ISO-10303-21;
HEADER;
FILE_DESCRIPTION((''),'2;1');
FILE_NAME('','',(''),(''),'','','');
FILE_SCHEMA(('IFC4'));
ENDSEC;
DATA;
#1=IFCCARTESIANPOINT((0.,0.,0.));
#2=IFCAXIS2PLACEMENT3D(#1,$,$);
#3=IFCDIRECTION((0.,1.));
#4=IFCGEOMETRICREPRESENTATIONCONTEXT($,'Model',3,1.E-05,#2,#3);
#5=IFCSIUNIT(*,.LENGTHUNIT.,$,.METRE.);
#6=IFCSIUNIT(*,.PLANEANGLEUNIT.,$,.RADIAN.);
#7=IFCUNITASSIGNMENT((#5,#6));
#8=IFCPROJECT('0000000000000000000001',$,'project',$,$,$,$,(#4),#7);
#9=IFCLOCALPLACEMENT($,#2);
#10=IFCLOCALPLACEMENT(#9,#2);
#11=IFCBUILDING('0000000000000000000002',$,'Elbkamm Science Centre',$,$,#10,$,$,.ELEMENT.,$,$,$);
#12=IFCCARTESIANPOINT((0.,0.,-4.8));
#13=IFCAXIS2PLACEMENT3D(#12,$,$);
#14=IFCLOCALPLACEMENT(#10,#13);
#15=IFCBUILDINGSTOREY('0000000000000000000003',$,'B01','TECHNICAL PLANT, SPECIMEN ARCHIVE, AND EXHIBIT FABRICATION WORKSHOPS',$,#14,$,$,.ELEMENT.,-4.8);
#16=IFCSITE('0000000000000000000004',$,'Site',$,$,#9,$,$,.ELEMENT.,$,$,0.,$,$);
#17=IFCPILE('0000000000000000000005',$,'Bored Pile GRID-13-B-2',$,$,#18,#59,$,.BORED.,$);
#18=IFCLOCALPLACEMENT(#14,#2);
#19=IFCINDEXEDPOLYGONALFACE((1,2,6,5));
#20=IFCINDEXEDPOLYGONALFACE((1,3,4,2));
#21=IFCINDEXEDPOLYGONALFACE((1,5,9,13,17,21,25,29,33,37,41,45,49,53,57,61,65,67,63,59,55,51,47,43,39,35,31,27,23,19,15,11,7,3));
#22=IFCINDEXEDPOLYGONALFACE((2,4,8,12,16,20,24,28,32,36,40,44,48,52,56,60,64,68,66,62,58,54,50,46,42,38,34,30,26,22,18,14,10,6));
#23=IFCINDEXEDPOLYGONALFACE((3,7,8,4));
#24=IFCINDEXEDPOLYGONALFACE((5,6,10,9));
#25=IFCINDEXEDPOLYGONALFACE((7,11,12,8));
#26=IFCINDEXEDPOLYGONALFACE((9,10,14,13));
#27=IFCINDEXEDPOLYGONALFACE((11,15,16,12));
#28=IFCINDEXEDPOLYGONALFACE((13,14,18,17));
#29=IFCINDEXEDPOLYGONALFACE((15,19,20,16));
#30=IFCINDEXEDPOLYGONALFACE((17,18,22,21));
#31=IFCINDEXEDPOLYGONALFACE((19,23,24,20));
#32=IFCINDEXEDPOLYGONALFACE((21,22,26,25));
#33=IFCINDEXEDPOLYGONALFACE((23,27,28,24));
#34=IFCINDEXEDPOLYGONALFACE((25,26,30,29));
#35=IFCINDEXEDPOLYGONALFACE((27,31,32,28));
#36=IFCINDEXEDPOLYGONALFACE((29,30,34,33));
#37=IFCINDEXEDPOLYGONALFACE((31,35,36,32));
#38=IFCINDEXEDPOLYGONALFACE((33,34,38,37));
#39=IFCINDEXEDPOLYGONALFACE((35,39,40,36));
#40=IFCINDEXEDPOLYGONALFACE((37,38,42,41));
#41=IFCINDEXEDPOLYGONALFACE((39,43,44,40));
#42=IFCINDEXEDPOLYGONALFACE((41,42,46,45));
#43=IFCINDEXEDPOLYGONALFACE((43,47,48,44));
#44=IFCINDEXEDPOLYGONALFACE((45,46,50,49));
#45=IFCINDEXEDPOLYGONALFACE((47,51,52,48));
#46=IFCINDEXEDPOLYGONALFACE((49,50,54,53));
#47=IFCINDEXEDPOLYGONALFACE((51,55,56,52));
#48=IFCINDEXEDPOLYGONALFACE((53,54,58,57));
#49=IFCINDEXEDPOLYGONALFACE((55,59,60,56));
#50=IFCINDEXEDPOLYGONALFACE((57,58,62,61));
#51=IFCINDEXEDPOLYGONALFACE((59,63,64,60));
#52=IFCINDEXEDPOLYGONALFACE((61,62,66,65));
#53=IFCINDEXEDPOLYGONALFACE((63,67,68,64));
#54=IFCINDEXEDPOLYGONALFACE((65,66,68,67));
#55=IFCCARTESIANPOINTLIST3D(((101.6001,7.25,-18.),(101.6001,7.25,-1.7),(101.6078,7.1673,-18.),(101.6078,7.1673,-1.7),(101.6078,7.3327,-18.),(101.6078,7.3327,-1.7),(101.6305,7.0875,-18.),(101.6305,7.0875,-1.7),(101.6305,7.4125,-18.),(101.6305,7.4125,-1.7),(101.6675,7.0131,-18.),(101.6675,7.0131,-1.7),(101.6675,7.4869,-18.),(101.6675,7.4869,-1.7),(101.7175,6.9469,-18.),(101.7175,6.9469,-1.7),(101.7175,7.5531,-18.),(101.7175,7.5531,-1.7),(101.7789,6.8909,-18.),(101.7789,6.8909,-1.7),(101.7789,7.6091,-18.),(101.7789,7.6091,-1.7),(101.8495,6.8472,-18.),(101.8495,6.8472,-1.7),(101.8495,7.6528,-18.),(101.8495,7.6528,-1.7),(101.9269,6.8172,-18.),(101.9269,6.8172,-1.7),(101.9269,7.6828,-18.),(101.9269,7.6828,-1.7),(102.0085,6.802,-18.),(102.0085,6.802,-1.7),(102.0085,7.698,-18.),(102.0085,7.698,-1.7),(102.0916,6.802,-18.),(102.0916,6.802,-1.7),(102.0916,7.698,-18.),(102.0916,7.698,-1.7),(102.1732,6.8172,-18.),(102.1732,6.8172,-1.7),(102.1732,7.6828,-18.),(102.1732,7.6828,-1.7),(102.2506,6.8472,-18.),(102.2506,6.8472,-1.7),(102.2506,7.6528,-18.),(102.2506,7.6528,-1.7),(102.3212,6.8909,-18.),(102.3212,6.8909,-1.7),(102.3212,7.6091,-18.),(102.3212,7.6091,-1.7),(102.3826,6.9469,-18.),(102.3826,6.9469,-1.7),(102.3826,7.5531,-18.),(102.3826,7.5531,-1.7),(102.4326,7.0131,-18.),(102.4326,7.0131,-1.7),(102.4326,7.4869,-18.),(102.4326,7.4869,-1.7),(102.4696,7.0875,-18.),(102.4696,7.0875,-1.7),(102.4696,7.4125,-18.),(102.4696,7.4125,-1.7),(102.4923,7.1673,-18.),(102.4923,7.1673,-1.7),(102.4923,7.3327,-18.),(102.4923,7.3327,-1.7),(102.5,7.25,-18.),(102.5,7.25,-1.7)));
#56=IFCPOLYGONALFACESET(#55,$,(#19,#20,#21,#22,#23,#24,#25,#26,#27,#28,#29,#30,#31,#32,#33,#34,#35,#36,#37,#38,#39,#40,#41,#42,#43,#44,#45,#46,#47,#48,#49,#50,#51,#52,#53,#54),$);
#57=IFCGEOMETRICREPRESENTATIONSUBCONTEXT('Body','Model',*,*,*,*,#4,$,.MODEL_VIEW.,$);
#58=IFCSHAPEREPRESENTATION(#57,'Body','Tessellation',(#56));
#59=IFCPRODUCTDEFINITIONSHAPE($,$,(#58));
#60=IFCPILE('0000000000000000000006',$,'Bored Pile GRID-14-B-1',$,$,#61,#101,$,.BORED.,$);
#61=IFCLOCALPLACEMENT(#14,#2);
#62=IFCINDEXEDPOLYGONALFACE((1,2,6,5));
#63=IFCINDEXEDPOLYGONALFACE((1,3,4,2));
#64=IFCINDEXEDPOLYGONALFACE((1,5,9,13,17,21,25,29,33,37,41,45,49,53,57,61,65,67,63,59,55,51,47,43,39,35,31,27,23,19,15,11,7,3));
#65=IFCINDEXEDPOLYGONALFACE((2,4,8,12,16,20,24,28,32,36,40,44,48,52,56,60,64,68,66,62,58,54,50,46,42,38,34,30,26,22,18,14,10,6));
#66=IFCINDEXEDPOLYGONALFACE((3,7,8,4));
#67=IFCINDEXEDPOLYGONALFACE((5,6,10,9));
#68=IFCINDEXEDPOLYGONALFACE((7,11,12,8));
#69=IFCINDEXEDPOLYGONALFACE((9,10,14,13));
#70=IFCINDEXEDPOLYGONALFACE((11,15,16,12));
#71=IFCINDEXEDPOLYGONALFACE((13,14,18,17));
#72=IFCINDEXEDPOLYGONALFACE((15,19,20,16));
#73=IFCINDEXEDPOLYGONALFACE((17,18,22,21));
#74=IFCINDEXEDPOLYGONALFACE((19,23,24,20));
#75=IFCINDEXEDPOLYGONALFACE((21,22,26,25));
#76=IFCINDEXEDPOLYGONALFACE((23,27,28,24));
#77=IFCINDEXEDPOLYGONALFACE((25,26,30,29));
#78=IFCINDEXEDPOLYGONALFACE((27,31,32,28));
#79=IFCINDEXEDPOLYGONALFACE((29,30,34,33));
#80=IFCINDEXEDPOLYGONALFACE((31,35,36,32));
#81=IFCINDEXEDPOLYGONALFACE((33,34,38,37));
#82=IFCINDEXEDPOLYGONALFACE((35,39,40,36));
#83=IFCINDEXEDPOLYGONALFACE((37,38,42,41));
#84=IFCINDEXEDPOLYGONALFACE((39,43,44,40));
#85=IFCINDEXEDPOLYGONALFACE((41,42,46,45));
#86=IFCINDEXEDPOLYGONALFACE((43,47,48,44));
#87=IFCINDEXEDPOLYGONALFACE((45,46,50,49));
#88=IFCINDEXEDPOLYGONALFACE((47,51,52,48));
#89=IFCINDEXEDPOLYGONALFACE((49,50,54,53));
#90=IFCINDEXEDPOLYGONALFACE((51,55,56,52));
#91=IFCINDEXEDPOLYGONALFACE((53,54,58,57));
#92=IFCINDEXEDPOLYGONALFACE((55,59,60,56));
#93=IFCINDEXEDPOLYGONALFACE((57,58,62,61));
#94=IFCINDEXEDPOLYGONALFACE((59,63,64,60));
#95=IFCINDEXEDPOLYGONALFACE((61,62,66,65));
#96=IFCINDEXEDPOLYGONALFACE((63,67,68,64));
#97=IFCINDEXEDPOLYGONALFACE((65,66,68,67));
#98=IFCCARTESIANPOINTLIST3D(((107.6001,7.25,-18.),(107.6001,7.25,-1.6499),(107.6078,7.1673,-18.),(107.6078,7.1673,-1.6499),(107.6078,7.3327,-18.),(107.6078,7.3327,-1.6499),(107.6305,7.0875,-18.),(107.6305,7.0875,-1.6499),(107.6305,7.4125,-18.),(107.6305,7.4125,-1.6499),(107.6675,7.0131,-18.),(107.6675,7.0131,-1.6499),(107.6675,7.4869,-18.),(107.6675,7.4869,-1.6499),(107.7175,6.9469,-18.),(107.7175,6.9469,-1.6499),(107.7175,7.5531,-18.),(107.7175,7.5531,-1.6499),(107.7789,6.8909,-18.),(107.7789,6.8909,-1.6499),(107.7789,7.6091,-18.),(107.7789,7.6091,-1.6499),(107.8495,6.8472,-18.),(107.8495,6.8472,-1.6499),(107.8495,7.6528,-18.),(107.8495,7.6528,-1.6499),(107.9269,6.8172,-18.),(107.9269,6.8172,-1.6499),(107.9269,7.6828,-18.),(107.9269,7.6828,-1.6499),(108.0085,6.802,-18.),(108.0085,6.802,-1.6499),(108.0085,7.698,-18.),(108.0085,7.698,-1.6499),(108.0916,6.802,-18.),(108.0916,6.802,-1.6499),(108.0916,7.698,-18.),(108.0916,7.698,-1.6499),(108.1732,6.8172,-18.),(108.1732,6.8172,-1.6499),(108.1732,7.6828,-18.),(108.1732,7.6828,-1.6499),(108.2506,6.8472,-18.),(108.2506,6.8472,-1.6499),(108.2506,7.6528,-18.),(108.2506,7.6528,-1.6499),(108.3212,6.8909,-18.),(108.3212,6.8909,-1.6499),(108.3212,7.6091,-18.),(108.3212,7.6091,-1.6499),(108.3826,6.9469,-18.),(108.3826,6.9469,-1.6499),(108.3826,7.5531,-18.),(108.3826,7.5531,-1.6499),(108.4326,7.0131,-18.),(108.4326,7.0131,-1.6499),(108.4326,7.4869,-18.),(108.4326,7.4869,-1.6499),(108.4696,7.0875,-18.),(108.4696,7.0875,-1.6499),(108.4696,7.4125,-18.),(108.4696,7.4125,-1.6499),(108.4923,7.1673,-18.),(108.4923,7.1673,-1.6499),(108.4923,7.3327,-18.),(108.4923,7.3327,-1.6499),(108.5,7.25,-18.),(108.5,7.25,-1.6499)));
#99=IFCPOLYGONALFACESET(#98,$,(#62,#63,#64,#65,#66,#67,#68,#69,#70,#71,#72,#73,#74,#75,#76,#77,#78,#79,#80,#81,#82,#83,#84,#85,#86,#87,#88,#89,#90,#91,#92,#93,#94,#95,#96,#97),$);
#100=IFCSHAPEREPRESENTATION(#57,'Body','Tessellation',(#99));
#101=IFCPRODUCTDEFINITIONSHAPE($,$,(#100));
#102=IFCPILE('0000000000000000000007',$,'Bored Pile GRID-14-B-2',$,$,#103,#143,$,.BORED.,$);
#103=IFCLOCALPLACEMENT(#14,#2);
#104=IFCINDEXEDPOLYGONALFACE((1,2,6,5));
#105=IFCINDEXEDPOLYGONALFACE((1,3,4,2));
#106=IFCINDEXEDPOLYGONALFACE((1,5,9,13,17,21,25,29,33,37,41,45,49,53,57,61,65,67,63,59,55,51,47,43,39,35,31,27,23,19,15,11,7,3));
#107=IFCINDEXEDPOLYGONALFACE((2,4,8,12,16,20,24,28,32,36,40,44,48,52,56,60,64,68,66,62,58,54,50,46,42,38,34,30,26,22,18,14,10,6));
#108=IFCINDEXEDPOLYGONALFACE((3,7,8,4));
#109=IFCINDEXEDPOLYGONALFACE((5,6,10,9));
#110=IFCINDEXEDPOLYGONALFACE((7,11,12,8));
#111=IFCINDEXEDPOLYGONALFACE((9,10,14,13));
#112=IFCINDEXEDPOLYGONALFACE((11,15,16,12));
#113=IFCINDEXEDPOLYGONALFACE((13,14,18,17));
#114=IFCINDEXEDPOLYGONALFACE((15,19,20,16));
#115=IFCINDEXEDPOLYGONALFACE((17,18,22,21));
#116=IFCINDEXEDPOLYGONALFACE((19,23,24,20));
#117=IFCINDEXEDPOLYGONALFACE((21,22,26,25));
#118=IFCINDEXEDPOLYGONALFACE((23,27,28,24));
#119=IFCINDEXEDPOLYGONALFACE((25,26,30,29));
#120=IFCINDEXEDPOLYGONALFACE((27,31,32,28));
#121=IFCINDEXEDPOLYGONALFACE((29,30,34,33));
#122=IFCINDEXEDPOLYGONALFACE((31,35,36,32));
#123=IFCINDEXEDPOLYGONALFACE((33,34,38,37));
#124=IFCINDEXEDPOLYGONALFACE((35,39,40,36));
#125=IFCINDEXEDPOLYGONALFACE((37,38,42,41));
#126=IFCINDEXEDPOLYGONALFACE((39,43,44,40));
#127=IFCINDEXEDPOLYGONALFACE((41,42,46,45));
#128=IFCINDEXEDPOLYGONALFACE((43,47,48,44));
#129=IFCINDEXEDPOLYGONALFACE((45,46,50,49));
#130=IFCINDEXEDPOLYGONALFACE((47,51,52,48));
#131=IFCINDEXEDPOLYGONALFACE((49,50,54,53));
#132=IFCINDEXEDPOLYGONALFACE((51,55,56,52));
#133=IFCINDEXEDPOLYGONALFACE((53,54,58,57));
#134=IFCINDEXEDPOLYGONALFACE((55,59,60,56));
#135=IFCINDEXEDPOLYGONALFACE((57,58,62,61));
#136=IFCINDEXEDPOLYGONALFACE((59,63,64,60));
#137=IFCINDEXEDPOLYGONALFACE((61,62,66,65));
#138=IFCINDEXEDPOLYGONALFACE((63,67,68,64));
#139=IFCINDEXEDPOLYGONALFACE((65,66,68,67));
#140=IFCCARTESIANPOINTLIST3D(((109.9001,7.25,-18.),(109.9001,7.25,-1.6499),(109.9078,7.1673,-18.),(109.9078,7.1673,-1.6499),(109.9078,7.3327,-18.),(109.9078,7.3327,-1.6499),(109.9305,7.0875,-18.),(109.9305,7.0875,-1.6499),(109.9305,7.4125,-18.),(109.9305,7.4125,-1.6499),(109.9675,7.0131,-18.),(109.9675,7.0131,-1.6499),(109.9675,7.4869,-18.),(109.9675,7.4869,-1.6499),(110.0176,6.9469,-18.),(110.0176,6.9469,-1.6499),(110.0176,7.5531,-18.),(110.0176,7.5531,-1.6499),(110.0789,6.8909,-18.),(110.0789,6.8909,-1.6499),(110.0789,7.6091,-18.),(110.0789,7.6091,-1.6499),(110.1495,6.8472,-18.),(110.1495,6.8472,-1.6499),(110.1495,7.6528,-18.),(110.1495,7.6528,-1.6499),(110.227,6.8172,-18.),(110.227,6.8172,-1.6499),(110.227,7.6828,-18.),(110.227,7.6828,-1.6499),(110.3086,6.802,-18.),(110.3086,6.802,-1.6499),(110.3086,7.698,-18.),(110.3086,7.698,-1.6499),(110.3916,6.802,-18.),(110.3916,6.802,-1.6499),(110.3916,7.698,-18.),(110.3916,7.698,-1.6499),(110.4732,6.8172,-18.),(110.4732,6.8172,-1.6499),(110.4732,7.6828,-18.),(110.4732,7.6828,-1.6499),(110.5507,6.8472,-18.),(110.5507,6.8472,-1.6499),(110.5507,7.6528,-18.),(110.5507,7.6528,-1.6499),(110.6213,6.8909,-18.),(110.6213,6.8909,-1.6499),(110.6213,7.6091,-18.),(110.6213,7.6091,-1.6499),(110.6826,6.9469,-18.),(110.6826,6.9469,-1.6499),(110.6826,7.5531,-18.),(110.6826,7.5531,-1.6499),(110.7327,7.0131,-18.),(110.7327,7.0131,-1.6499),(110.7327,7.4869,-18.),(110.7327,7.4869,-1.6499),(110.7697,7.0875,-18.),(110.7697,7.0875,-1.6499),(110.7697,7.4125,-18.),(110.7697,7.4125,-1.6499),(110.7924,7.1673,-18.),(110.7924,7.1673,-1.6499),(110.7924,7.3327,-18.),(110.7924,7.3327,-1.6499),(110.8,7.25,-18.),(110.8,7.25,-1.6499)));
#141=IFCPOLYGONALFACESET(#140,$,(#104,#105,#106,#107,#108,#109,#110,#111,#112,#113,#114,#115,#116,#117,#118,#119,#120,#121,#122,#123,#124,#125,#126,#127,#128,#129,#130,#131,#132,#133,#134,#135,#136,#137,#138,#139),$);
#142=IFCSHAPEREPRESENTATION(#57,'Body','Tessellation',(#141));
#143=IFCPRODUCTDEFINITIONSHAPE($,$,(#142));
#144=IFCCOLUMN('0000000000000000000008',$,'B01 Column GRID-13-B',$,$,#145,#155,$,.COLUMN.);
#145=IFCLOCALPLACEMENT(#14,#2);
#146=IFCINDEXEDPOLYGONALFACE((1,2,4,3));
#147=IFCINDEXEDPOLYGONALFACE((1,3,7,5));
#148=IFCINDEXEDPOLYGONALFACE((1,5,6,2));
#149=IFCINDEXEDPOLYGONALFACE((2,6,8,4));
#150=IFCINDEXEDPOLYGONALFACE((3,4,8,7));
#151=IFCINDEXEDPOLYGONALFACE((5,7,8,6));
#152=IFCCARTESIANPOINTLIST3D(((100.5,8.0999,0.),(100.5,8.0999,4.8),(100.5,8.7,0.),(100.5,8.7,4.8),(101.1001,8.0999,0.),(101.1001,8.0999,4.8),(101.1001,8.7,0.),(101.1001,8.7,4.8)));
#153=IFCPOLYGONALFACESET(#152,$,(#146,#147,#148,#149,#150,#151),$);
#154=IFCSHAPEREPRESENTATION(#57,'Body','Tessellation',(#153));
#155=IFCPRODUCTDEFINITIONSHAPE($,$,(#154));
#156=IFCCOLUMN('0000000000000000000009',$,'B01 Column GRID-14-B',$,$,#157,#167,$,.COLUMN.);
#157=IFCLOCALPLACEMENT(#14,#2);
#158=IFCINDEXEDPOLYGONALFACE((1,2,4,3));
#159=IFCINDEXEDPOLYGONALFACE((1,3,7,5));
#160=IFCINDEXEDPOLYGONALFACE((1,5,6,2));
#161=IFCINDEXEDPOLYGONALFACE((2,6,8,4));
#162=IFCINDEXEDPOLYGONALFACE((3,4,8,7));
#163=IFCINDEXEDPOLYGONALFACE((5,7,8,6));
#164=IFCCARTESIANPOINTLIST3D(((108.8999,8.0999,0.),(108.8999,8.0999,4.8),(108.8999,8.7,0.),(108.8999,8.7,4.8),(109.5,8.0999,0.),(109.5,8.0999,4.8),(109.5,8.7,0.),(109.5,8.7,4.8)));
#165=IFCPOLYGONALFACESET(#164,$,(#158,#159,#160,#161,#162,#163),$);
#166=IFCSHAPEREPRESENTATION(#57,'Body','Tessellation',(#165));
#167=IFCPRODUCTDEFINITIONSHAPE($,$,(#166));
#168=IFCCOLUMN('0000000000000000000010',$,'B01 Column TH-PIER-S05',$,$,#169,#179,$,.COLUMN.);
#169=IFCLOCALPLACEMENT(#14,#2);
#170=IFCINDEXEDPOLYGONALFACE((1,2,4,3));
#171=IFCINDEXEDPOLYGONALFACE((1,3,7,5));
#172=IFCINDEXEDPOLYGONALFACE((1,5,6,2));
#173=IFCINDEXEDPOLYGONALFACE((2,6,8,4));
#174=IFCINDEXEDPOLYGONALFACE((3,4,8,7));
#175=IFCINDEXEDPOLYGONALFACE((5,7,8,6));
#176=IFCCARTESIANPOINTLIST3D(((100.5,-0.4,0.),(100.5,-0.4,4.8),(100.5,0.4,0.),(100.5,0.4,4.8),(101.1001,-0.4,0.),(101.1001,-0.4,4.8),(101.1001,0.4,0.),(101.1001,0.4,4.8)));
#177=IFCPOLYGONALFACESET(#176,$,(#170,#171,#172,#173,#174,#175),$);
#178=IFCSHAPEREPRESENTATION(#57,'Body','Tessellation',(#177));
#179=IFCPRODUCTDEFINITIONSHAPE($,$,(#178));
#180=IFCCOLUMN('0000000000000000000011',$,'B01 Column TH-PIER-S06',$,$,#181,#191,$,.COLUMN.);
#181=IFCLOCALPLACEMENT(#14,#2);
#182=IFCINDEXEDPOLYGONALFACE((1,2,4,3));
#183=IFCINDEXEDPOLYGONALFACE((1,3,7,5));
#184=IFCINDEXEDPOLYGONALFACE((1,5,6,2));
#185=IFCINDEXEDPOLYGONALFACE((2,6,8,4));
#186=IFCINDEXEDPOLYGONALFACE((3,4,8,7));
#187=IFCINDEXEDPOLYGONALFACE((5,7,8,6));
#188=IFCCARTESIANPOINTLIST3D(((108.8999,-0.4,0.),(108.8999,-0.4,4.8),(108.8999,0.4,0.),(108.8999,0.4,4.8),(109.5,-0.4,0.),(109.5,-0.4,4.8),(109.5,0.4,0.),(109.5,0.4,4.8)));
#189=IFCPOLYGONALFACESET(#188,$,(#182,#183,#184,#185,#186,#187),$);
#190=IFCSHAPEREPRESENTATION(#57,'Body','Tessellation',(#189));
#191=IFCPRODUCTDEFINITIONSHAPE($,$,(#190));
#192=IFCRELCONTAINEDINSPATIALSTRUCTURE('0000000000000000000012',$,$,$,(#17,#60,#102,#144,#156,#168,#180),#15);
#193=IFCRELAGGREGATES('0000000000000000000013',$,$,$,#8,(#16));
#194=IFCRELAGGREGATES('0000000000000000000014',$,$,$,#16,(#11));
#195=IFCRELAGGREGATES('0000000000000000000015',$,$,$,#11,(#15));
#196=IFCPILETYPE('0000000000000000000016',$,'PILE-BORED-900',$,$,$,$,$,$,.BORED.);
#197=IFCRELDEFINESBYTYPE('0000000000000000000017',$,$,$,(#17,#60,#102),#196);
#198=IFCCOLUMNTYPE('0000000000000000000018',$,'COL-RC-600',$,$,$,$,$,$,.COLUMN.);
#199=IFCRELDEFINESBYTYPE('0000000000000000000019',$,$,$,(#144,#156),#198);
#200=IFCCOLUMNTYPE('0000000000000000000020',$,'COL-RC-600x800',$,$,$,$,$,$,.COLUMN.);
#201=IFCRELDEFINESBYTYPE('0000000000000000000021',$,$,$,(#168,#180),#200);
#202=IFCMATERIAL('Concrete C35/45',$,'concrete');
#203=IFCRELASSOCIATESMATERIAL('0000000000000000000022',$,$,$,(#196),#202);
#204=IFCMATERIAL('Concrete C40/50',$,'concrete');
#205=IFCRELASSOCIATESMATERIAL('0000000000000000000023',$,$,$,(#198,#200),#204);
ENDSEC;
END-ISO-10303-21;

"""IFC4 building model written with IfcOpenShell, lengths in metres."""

from ifc_helpers import new_model, si_unit, direction, frame, origin, origin_2d, place, context, subcontext, project, spatial, rectangle, circle, extrude, material, material_profile, profile_set, type_object, element, save


model = new_model("IFC4")

# Units and contexts
model_context = context("Model", 3, precision=1e-05, world=origin(), true_north=direction((0.0, 1.0)))
body_context = subcontext(model_context, "Body", "Model", "MODEL_VIEW")
ifc_project = project(units=[si_unit("LENGTHUNIT", "METRE"), si_unit("PLANEANGLEUNIT", "RADIAN")], contexts=[model_context])

# Site, building, storey
site_placement = place(None, origin())
site = spatial("IfcSite", under=ifc_project, at=site_placement, Name="Site", CompositionType="ELEMENT", RefElevation=0.0)
building_placement = place(site_placement, origin())
building = spatial("IfcBuilding", under=site, at=building_placement, Name="Elbkamm Science Centre", CompositionType="ELEMENT")
storey_placement = place(building_placement, frame((0.0, 0.0, -4.8)))
storey = spatial("IfcBuildingStorey", under=building, at=storey_placement, Name="B01", Description="TECHNICAL PLANT, SPECIMEN ARCHIVE, AND EXHIBIT FABRICATION WORKSHOPS", CompositionType="ELEMENT", Elevation=-4.8)

# Shared definitions
ifc_material_1 = material(Name="Concrete C35/45", Category="concrete")

# Piles
ifc_material_profile_1 = material_profile(ifc_material_1, circle(Radius=0.45, at=origin_2d()), Name="PILE D900")
ifc_profile_set_1 = profile_set([ifc_material_profile_1], Name="Concrete C35/45")
pile_type = type_object("IfcPileType", Name="PILE-BORED-900", PredefinedType="BORED", material=ifc_profile_set_1)
for number, where, z_axis, x_axis, name in (
    (1, (102.05, 7.25, -1.7), (0.0, 0.0, -1.0), (1.0, 0.0, 0.0), "Bored Pile GRID-13-B-2"),
):
    element("IfcPile", number, at=place(storey_placement, frame(where, z_axis=z_axis, x_axis=x_axis)), inside=storey, type_object=pile_type, Name=name, PredefinedType="BORED", context=body_context, shape_type="SweptSolid", body=[
        extrude(circle(Radius=0.45, at=origin_2d()), origin(), (0.0, 0.0, 1.0), 16.3),
    ])
for number, where, z_axis, x_axis, name in (
    (2, (108.05, 7.25, -1.6499), (0.0, 0.0, -1.0), (1.0, 0.0, 0.0), "Bored Pile GRID-14-B-1"),
    (3, (110.3501, 7.25, -1.6499), (0.0, 0.0, -1.0), (1.0, 0.0, 0.0), "Bored Pile GRID-14-B-2"),
):
    element("IfcPile", number, at=place(storey_placement, frame(where, z_axis=z_axis, x_axis=x_axis)), inside=storey, type_object=pile_type, Name=name, PredefinedType="BORED", context=body_context, shape_type="SweptSolid", body=[
        extrude(circle(Radius=0.45, at=origin_2d()), origin(), (0.0, 0.0, 1.0), 16.3501),
    ])

# Columns
ifc_material_2 = material(Name="Concrete C40/50", Category="concrete")
ifc_material_profile_2 = material_profile(ifc_material_2, rectangle(XDim=0.6001, YDim=0.6001, at=origin_2d()), Name="RC 600x600")
ifc_profile_set_2 = profile_set([ifc_material_profile_2], Name="Concrete C40/50")
column_type_1 = type_object("IfcColumnType", Name="COL-RC-600", PredefinedType="COLUMN", material=ifc_profile_set_2)
for number, where, z_axis, x_axis, name in (
    (4, (100.8, 8.3999, 0.0), (0.0, 0.0, 1.0), (1.0, 0.0, 0.0), "B01 Column GRID-13-B"),
    (5, (109.2, 8.3999, 0.0), (0.0, 0.0, 1.0), (1.0, 0.0, 0.0), "B01 Column GRID-14-B"),
):
    element("IfcColumn", number, at=place(storey_placement, frame(where, z_axis=z_axis, x_axis=x_axis)), inside=storey, type_object=column_type_1, Name=name, PredefinedType="COLUMN", context=body_context, shape_type="SweptSolid", body=[
        extrude(rectangle(XDim=0.6001, YDim=0.6001, at=origin_2d()), origin(), (0.0, 0.0, 1.0), 4.8),
    ])
ifc_material_profile_3 = material_profile(ifc_material_2, rectangle(XDim=0.6001, YDim=0.8, at=origin_2d()), Name="RC 600x800")
ifc_profile_set_3 = profile_set([ifc_material_profile_3], Name="Concrete C40/50")
column_type_2 = type_object("IfcColumnType", Name="COL-RC-600x800", PredefinedType="COLUMN", material=ifc_profile_set_3)
for number, where, z_axis, x_axis, name in (
    (6, (100.8, 0.0, 0.0), (0.0, 0.0, 1.0), (1.0, 0.0, 0.0), "B01 Column TH-PIER-S05"),
    (7, (109.2, 0.0, 0.0), (0.0, 0.0, 1.0), (1.0, 0.0, 0.0), "B01 Column TH-PIER-S06"),
):
    element("IfcColumn", number, at=place(storey_placement, frame(where, z_axis=z_axis, x_axis=x_axis)), inside=storey, type_object=column_type_2, Name=name, PredefinedType="COLUMN", context=body_context, shape_type="SweptSolid", body=[
        extrude(rectangle(XDim=0.6001, YDim=0.8, at=origin_2d()), origin(), (0.0, 0.0, 1.0), 4.8),
    ])

save(model, "model.ifc")
